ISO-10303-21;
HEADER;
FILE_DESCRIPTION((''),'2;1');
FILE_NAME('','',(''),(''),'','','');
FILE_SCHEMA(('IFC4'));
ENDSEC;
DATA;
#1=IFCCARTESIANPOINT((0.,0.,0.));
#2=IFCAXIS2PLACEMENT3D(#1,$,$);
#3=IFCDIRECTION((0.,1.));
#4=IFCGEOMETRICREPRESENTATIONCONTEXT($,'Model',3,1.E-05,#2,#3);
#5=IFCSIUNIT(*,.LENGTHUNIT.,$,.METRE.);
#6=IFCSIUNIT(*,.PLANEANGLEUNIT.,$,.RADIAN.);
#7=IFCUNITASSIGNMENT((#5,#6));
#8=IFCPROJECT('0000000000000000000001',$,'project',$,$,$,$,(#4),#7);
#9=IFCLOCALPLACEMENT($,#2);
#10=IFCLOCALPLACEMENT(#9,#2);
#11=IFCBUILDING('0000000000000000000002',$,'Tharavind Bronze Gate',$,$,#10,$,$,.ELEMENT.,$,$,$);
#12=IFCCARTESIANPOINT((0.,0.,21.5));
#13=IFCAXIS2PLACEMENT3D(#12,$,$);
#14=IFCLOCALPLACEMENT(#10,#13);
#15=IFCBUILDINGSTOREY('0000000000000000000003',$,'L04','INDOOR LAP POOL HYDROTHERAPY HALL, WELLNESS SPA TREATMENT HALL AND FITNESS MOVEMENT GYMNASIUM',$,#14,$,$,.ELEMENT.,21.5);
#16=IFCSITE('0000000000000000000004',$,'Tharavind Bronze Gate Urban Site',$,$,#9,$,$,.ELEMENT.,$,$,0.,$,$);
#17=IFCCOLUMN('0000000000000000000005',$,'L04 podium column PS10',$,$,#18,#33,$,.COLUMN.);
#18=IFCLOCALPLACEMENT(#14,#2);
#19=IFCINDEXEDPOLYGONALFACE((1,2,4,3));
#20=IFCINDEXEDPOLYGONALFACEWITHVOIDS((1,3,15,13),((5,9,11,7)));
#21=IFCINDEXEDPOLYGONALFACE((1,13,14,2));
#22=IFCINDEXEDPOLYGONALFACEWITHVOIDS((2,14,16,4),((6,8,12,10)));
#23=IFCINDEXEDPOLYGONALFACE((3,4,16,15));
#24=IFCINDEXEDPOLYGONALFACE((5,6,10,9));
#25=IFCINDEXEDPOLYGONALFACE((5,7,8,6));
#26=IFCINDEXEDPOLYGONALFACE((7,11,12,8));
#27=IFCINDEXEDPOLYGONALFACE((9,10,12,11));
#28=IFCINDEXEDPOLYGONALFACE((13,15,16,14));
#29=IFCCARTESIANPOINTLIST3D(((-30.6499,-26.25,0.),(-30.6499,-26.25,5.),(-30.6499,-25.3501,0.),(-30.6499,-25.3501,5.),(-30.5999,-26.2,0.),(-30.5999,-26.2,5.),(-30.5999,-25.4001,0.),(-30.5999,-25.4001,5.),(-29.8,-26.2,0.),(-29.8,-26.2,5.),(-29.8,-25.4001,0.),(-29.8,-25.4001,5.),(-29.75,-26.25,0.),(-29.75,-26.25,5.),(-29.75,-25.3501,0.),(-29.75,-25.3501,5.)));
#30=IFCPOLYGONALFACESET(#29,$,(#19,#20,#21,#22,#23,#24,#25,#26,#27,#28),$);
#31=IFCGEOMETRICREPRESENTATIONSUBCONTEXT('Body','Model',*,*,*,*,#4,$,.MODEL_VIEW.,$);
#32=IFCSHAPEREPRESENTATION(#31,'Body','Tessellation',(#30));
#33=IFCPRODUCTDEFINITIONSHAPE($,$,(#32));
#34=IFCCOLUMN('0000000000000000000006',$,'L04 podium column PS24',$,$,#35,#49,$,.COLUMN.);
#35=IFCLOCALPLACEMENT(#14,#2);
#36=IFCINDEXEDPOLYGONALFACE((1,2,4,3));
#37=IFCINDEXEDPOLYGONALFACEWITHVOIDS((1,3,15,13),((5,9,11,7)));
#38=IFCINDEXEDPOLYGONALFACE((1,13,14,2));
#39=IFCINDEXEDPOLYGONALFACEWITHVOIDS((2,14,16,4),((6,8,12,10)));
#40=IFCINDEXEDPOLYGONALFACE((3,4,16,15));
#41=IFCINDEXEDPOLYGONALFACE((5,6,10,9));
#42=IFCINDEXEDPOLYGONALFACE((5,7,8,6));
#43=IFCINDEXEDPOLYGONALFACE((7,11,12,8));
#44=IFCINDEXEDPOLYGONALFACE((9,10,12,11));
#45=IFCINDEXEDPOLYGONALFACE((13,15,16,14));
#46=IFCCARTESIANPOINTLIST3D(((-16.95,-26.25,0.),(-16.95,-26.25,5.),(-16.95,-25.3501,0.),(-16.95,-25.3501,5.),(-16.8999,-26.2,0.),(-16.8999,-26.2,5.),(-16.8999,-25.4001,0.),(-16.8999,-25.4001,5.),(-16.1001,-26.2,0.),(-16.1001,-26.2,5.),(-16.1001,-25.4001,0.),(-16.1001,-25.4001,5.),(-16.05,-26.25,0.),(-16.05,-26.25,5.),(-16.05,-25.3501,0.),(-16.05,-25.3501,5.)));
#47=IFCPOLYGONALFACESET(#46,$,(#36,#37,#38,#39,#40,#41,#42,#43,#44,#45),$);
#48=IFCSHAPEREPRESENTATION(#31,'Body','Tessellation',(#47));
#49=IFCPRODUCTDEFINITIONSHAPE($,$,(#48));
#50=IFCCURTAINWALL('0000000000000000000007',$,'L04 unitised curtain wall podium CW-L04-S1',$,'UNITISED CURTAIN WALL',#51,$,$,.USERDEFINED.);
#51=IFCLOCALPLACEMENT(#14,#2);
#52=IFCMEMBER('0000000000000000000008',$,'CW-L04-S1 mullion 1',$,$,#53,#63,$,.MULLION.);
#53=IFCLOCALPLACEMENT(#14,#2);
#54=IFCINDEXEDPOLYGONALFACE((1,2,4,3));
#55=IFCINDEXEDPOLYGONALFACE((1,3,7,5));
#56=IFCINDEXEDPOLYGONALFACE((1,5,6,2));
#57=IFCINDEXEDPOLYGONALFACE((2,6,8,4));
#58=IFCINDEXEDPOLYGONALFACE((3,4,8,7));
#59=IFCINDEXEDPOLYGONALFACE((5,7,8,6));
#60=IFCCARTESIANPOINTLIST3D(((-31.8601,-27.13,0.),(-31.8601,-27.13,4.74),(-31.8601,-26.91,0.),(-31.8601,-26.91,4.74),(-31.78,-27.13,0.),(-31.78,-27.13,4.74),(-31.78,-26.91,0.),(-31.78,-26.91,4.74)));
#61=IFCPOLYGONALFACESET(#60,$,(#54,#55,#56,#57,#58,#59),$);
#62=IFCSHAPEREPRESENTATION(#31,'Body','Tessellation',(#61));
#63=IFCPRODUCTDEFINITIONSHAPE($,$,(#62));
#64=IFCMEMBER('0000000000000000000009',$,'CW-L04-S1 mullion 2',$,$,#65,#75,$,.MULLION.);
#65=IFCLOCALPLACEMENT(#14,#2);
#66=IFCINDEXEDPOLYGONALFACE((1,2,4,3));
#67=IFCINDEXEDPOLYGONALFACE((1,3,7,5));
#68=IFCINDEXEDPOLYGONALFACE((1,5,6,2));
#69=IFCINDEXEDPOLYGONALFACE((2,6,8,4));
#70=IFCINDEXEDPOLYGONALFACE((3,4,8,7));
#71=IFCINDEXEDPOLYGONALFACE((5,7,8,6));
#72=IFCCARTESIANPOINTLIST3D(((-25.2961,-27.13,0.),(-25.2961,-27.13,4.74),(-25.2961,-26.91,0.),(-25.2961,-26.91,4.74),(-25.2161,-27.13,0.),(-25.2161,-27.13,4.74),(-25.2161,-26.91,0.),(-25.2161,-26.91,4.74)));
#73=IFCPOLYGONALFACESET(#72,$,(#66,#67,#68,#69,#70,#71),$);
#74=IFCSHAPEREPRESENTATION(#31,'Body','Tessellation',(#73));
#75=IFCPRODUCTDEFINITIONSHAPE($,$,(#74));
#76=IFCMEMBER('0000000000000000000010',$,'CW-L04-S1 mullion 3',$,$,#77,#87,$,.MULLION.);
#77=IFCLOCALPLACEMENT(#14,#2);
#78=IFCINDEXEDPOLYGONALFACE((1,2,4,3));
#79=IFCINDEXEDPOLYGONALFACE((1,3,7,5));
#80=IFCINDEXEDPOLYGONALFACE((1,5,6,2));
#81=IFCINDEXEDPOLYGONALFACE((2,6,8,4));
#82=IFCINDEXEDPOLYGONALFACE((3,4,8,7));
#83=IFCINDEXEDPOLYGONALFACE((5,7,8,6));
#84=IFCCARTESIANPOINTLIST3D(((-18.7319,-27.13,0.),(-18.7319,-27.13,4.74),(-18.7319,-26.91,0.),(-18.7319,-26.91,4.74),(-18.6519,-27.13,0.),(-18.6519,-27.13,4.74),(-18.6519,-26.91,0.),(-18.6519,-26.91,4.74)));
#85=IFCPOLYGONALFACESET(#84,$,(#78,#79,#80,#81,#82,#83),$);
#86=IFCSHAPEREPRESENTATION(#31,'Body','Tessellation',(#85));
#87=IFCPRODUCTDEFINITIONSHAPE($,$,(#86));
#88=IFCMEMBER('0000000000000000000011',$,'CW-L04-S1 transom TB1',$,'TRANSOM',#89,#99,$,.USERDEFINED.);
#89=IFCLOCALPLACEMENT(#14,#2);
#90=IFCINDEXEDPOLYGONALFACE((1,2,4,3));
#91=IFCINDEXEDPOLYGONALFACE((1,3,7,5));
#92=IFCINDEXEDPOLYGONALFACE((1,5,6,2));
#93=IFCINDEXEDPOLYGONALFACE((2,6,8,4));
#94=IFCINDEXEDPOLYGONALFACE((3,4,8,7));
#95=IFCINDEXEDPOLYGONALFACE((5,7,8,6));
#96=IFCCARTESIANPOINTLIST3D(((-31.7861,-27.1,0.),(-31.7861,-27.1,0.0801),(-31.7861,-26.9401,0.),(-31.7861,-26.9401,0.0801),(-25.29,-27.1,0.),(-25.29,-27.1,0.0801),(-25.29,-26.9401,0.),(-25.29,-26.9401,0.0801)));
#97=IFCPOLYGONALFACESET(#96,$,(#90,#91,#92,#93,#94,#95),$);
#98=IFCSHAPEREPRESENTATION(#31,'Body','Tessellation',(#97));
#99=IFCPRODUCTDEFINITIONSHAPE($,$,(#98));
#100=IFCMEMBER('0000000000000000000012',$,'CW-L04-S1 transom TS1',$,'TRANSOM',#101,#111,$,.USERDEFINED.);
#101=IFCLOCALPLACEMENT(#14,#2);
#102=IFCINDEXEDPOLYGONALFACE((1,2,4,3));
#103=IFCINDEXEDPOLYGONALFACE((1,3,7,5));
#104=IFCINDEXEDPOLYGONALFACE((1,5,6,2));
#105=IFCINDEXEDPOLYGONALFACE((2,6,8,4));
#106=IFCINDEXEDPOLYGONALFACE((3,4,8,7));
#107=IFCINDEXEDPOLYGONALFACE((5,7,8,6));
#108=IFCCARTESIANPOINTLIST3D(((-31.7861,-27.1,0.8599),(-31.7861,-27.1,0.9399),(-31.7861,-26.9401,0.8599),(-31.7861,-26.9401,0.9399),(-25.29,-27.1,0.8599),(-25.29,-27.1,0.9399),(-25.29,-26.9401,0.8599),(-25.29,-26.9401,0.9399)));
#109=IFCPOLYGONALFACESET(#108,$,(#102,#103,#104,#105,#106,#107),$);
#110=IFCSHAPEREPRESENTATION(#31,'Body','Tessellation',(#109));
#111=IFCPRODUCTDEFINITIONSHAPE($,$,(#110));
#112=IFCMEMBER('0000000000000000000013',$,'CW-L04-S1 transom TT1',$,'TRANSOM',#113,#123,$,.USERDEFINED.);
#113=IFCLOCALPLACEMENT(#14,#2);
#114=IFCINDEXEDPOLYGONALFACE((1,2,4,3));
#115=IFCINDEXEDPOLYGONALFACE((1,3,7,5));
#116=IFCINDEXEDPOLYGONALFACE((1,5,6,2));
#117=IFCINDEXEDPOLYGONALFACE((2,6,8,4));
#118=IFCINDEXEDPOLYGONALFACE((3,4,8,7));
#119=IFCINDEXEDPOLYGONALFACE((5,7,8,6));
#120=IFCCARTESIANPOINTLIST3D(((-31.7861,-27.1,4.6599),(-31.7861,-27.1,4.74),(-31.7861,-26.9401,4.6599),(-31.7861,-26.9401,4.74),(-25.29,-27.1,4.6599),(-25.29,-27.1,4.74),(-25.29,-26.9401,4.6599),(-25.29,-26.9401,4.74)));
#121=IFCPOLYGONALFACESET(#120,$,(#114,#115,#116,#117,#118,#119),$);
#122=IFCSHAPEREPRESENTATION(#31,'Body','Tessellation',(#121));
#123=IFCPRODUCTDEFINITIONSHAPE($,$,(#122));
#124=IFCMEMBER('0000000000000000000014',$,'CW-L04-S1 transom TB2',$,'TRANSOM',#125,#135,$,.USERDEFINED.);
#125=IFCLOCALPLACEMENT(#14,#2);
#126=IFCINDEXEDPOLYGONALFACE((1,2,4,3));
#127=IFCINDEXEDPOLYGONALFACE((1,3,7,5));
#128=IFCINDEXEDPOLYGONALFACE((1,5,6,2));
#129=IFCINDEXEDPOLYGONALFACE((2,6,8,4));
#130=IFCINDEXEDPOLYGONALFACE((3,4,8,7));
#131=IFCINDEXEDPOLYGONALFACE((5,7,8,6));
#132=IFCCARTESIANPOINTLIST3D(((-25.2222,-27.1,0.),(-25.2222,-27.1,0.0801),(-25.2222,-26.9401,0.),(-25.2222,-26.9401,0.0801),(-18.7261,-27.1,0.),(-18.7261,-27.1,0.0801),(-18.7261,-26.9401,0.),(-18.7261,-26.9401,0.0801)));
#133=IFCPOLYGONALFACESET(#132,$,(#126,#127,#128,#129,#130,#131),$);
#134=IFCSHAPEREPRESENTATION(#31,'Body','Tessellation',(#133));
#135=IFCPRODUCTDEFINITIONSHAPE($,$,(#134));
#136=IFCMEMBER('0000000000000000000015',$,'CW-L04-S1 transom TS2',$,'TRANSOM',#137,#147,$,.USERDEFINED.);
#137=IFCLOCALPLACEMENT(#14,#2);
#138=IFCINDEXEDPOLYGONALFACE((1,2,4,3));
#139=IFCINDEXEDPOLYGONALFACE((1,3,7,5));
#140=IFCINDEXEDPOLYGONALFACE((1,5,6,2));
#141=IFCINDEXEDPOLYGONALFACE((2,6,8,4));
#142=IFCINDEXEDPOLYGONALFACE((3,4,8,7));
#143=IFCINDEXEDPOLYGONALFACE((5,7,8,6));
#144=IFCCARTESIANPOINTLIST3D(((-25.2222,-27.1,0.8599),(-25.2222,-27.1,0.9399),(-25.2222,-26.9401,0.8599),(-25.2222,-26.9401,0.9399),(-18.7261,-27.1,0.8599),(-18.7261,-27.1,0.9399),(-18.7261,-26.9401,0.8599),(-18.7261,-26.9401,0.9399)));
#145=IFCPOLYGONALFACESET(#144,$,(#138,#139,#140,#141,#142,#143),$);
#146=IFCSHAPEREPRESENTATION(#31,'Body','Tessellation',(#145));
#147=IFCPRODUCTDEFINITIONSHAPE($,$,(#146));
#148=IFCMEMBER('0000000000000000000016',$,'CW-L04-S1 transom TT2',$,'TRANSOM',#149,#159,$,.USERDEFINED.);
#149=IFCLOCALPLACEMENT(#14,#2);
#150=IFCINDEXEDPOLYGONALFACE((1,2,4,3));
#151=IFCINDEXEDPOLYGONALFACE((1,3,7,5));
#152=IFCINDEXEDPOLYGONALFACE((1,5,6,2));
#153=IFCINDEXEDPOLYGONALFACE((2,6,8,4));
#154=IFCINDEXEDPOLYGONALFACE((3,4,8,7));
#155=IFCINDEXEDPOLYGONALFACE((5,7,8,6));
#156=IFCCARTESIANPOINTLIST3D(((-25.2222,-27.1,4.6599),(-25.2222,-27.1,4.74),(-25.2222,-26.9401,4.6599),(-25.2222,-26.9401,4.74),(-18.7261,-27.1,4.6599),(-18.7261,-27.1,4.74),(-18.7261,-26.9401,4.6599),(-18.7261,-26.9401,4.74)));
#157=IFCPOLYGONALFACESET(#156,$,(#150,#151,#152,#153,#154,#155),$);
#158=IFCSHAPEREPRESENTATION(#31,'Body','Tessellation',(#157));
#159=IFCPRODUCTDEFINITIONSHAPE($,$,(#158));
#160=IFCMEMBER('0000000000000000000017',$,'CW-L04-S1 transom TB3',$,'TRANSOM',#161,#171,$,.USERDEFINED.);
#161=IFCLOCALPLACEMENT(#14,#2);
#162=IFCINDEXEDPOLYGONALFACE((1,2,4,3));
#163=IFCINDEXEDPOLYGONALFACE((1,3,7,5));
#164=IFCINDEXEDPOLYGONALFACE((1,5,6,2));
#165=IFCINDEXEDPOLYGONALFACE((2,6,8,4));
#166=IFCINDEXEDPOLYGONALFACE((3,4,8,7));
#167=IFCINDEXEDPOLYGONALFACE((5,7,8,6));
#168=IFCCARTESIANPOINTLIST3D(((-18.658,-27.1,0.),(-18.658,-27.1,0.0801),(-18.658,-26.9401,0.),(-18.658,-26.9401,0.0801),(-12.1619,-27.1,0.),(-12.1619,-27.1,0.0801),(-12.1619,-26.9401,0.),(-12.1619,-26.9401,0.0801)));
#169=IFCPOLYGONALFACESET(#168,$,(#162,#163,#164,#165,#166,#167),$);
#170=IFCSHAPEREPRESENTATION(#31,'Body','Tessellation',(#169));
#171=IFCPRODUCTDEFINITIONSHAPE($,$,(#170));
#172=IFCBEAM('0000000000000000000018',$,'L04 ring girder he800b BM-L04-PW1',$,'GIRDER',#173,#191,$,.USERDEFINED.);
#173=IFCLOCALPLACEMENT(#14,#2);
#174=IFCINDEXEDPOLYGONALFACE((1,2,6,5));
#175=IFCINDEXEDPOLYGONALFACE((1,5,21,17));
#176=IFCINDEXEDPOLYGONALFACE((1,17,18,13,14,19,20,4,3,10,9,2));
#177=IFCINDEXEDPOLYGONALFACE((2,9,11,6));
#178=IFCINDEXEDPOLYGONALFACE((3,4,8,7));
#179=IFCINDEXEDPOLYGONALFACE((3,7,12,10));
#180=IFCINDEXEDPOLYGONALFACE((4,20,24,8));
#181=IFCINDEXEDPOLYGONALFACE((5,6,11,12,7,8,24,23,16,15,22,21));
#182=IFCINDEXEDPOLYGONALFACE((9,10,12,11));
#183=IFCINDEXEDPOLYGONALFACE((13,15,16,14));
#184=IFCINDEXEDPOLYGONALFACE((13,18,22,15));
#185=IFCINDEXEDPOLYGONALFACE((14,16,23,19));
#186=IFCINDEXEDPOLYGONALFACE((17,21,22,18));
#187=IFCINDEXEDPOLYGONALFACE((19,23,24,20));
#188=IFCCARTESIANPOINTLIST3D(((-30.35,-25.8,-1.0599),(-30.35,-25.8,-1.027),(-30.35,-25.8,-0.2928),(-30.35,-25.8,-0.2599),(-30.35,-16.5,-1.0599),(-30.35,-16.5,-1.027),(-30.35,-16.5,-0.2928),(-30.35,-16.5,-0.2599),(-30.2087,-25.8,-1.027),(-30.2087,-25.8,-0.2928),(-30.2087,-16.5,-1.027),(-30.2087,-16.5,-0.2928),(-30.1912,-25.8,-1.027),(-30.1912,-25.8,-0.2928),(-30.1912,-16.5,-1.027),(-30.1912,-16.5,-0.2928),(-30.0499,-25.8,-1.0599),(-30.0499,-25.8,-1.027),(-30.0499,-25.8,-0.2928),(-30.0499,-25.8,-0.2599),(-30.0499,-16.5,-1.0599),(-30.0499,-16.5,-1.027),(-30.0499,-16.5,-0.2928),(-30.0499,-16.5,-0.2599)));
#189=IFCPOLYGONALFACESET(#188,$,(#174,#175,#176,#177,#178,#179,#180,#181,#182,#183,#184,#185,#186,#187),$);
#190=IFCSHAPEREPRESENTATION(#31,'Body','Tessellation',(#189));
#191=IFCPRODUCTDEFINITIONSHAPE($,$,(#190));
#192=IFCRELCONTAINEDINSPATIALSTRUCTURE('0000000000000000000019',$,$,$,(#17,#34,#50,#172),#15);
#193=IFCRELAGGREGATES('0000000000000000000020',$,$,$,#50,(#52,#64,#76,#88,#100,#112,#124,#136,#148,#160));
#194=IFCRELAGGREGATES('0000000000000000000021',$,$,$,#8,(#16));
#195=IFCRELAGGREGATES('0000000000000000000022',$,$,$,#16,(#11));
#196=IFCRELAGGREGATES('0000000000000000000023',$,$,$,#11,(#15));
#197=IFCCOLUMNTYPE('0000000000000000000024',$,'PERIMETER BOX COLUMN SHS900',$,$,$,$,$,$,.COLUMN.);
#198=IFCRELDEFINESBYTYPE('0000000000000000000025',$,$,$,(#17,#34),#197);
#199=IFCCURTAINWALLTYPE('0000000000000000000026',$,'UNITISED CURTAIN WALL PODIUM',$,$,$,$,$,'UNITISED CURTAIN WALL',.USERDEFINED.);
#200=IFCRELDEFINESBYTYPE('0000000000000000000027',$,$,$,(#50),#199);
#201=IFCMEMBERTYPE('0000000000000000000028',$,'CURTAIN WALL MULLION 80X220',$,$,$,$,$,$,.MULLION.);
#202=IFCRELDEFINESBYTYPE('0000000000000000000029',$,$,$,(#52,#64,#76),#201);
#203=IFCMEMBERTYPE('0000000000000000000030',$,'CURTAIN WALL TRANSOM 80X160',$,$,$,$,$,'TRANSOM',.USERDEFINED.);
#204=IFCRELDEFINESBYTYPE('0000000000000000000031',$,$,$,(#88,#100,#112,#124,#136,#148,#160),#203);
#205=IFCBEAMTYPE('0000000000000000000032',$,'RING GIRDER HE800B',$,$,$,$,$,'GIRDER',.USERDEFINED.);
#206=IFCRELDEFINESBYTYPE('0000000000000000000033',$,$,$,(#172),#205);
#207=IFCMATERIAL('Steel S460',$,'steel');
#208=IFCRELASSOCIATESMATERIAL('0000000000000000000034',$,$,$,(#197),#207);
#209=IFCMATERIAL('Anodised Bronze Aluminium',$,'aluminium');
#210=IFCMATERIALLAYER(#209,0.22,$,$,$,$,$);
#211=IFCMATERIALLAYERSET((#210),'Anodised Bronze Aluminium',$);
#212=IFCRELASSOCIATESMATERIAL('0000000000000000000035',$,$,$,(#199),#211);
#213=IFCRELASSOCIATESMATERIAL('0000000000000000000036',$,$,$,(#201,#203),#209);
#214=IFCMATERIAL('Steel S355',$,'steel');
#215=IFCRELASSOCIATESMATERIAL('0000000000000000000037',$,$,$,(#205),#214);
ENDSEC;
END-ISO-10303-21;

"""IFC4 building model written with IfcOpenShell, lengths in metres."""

from ifc_helpers import new_model, si_unit, direction, frame, origin, origin_2d, place, context, subcontext, project, spatial, rectangle, hollow_rectangle, i_section, extrude, material, layer, layer_set, material_profile, profile_set, type_object, element, aggregate, save


model = new_model("IFC4")

# Units and contexts
model_context = context("Model", 3, precision=1e-05, world=origin(), true_north=direction((0.0, 1.0)))
body_context = subcontext(model_context, "Body", "Model", "MODEL_VIEW")
ifc_project = project(units=[si_unit("LENGTHUNIT", "METRE"), si_unit("PLANEANGLEUNIT", "RADIAN")], contexts=[model_context])

# Site, building, storey
site_placement = place(None, origin())
site = spatial("IfcSite", under=ifc_project, at=site_placement, Name="Tharavind Bronze Gate Urban Site", CompositionType="ELEMENT", RefElevation=0.0)
building_placement = place(site_placement, origin())
building = spatial("IfcBuilding", under=site, at=building_placement, Name="Tharavind Bronze Gate", CompositionType="ELEMENT")
storey_placement = place(building_placement, frame((0.0, 0.0, 21.5)))
storey = spatial("IfcBuildingStorey", under=building, at=storey_placement, Name="L04", Description="INDOOR LAP POOL HYDROTHERAPY HALL, WELLNESS SPA TREATMENT HALL AND FITNESS MOVEMENT GYMNASIUM", CompositionType="ELEMENT", Elevation=21.5)

# Columns
ifc_material_1 = material(Name="Steel S460", Category="steel")
ifc_material_profile_1 = material_profile(ifc_material_1, hollow_rectangle(XDim=0.8999, YDim=0.8999, WallThickness=0.05, at=origin_2d()), Name="SHS900X50")
ifc_profile_set_1 = profile_set([ifc_material_profile_1], Name="Steel S460")
column_type = type_object("IfcColumnType", Name="PERIMETER BOX COLUMN SHS900", PredefinedType="COLUMN", material=ifc_profile_set_1)
for number, where, z_axis, x_axis, name in (
    (1, (-30.2, -25.8, 0.0), (0.0, 0.0, 1.0), (1.0, 0.0, 0.0), "L04 podium column PS10"),
    (2, (-16.5, -25.8, 0.0), (0.0, 0.0, 1.0), (1.0, 0.0, 0.0), "L04 podium column PS24"),
):
    element("IfcColumn", number, at=place(storey_placement, frame(where, z_axis=z_axis, x_axis=x_axis)), inside=storey, type_object=column_type, Name=name, PredefinedType="COLUMN", context=body_context, shape_type="SweptSolid", body=[
        extrude(hollow_rectangle(XDim=0.8999, YDim=0.8999, WallThickness=0.05, at=origin_2d()), origin(), (0.0, 0.0, 1.0), 5.0),
    ])

# Curtain wall, members
ifc_material_2 = material(Name="Anodised Bronze Aluminium", Category="aluminium")
ifc_layer_1 = layer(ifc_material_2, 0.22)
ifc_layer_set_1 = layer_set([ifc_layer_1], Name="Anodised Bronze Aluminium")
curtain_wall_type = type_object("IfcCurtainWallType", Name="UNITISED CURTAIN WALL PODIUM", ElementType="UNITISED CURTAIN WALL", PredefinedType="USERDEFINED", material=ifc_layer_set_1)
curtain_wall_placement = place(storey_placement, origin())
curtain_wall = element("IfcCurtainWall", 3, at=curtain_wall_placement, inside=storey, type_object=curtain_wall_type, Name="L04 unitised curtain wall podium CW-L04-S1", ObjectType="UNITISED CURTAIN WALL", PredefinedType="USERDEFINED")
member_type_1 = type_object("IfcMemberType", Name="CURTAIN WALL MULLION 80X220", PredefinedType="MULLION", material=ifc_material_2)
member_1_placement = place(storey_placement, frame((-31.8201, -27.02, 0.0), z_axis=(0.0, 0.0, 1.0), x_axis=(1.0, 0.0, 0.0)))
member_1 = element("IfcMember", 4, at=member_1_placement, type_object=member_type_1, Name="CW-L04-S1 mullion 1", PredefinedType="MULLION", context=body_context, shape_type="SweptSolid", body=[
    extrude(rectangle(XDim=0.0801, YDim=0.22, at=origin_2d()), origin(), (0.0, 0.0, 1.0), 4.74),
])
member_2_placement = place(storey_placement, frame((-25.2561, -27.02, 0.0), z_axis=(0.0, 0.0, 1.0), x_axis=(1.0, 0.0, 0.0)))
member_2 = element("IfcMember", 5, at=member_2_placement, type_object=member_type_1, Name="CW-L04-S1 mullion 2", PredefinedType="MULLION", context=body_context, shape_type="SweptSolid", body=[
    extrude(rectangle(XDim=0.0801, YDim=0.22, at=origin_2d()), origin(), (0.0, 0.0, 1.0), 4.74),
])
member_3_placement = place(storey_placement, frame((-18.6919, -27.02, 0.0), z_axis=(0.0, 0.0, 1.0), x_axis=(1.0, 0.0, 0.0)))
member_3 = element("IfcMember", 6, at=member_3_placement, type_object=member_type_1, Name="CW-L04-S1 mullion 3", PredefinedType="MULLION", context=body_context, shape_type="SweptSolid", body=[
    extrude(rectangle(XDim=0.0801, YDim=0.22, at=origin_2d()), origin(), (0.0, 0.0, 1.0), 4.74),
])
member_type_2 = type_object("IfcMemberType", Name="CURTAIN WALL TRANSOM 80X160", ElementType="TRANSOM", PredefinedType="USERDEFINED", material=ifc_material_2)
member_4_placement = place(storey_placement, frame((-28.5381, -27.02, 0.0), z_axis=(0.0, 0.0, 1.0), x_axis=(1.0, 0.0, 0.0)))
member_4 = element("IfcMember", 7, at=member_4_placement, type_object=member_type_2, Name="CW-L04-S1 transom TB1", ObjectType="TRANSOM", PredefinedType="USERDEFINED", context=body_context, shape_type="SweptSolid", body=[
    extrude(rectangle(XDim=6.4961, YDim=0.1599, at=origin_2d()), origin(), (0.0, 0.0, 1.0), 0.0801),
])
member_5_placement = place(storey_placement, frame((-28.5381, -27.02, 0.8599), z_axis=(0.0, 0.0, 1.0), x_axis=(1.0, 0.0, 0.0)))
member_5 = element("IfcMember", 8, at=member_5_placement, type_object=member_type_2, Name="CW-L04-S1 transom TS1", ObjectType="TRANSOM", PredefinedType="USERDEFINED", context=body_context, shape_type="SweptSolid", body=[
    extrude(rectangle(XDim=6.4961, YDim=0.1599, at=origin_2d()), origin(), (0.0, 0.0, 1.0), 0.0801),
])
member_6_placement = place(storey_placement, frame((-28.5381, -27.02, 4.6599), z_axis=(0.0, 0.0, 1.0), x_axis=(1.0, 0.0, 0.0)))
member_6 = element("IfcMember", 9, at=member_6_placement, type_object=member_type_2, Name="CW-L04-S1 transom TT1", ObjectType="TRANSOM", PredefinedType="USERDEFINED", context=body_context, shape_type="SweptSolid", body=[
    extrude(rectangle(XDim=6.4961, YDim=0.1599, at=origin_2d()), origin(), (0.0, 0.0, 1.0), 0.0801),
])
member_7_placement = place(storey_placement, frame((-21.9741, -27.02, 0.0), z_axis=(0.0, 0.0, 1.0), x_axis=(1.0, 0.0, 0.0)))
member_7 = element("IfcMember", 10, at=member_7_placement, type_object=member_type_2, Name="CW-L04-S1 transom TB2", ObjectType="TRANSOM", PredefinedType="USERDEFINED", context=body_context, shape_type="SweptSolid", body=[
    extrude(rectangle(XDim=6.4961, YDim=0.1599, at=origin_2d()), origin(), (0.0, 0.0, 1.0), 0.0801),
])
member_8_placement = place(storey_placement, frame((-21.9741, -27.02, 0.8599), z_axis=(0.0, 0.0, 1.0), x_axis=(1.0, 0.0, 0.0)))
member_8 = element("IfcMember", 11, at=member_8_placement, type_object=member_type_2, Name="CW-L04-S1 transom TS2", ObjectType="TRANSOM", PredefinedType="USERDEFINED", context=body_context, shape_type="SweptSolid", body=[
    extrude(rectangle(XDim=6.4961, YDim=0.1599, at=origin_2d()), origin(), (0.0, 0.0, 1.0), 0.0801),
])
member_9_placement = place(storey_placement, frame((-21.9741, -27.02, 4.6599), z_axis=(0.0, 0.0, 1.0), x_axis=(1.0, 0.0, 0.0)))
member_9 = element("IfcMember", 12, at=member_9_placement, type_object=member_type_2, Name="CW-L04-S1 transom TT2", ObjectType="TRANSOM", PredefinedType="USERDEFINED", context=body_context, shape_type="SweptSolid", body=[
    extrude(rectangle(XDim=6.4961, YDim=0.1599, at=origin_2d()), origin(), (0.0, 0.0, 1.0), 0.0801),
])
member_10_placement = place(storey_placement, frame((-15.4099, -27.02, 0.0), z_axis=(0.0, 0.0, 1.0), x_axis=(1.0, 0.0, 0.0)))
member_10 = element("IfcMember", 13, at=member_10_placement, type_object=member_type_2, Name="CW-L04-S1 transom TB3", ObjectType="TRANSOM", PredefinedType="USERDEFINED", context=body_context, shape_type="SweptSolid", body=[
    extrude(rectangle(XDim=6.4961, YDim=0.1599, at=origin_2d()), origin(), (0.0, 0.0, 1.0), 0.0801),
])

# Beam
ifc_material_3 = material(Name="Steel S355", Category="steel")
ifc_material_profile_2 = material_profile(ifc_material_3, i_section(OverallWidth=0.3, OverallDepth=0.8, WebThickness=0.0176, FlangeThickness=0.033, at=origin_2d()), Name="HE800B")
ifc_profile_set_2 = profile_set([ifc_material_profile_2], Name="Steel S355")
beam_type_1 = type_object("IfcBeamType", Name="RING GIRDER HE800B", ElementType="GIRDER", PredefinedType="USERDEFINED", material=ifc_profile_set_2)
beam_1_placement = place(storey_placement, frame((-30.2, -25.8, -0.6599), z_axis=(0.0, 1.0, 0.0), x_axis=(-1.0, 0.0, 0.0)))
element("IfcBeam", 14, at=beam_1_placement, inside=storey, type_object=beam_type_1, Name="L04 ring girder he800b BM-L04-PW1", ObjectType="GIRDER", PredefinedType="USERDEFINED", context=body_context, shape_type="SweptSolid", body=[
    extrude(i_section(OverallWidth=0.3, OverallDepth=0.8, WebThickness=0.0176, FlangeThickness=0.033, at=origin_2d()), origin(), (0.0, 0.0, 1.0), 9.3),
])

aggregate(curtain_wall, [member_1, member_2, member_3, member_4, member_5, member_6, member_7, member_8, member_9, member_10])

save(model, "model.ifc")
